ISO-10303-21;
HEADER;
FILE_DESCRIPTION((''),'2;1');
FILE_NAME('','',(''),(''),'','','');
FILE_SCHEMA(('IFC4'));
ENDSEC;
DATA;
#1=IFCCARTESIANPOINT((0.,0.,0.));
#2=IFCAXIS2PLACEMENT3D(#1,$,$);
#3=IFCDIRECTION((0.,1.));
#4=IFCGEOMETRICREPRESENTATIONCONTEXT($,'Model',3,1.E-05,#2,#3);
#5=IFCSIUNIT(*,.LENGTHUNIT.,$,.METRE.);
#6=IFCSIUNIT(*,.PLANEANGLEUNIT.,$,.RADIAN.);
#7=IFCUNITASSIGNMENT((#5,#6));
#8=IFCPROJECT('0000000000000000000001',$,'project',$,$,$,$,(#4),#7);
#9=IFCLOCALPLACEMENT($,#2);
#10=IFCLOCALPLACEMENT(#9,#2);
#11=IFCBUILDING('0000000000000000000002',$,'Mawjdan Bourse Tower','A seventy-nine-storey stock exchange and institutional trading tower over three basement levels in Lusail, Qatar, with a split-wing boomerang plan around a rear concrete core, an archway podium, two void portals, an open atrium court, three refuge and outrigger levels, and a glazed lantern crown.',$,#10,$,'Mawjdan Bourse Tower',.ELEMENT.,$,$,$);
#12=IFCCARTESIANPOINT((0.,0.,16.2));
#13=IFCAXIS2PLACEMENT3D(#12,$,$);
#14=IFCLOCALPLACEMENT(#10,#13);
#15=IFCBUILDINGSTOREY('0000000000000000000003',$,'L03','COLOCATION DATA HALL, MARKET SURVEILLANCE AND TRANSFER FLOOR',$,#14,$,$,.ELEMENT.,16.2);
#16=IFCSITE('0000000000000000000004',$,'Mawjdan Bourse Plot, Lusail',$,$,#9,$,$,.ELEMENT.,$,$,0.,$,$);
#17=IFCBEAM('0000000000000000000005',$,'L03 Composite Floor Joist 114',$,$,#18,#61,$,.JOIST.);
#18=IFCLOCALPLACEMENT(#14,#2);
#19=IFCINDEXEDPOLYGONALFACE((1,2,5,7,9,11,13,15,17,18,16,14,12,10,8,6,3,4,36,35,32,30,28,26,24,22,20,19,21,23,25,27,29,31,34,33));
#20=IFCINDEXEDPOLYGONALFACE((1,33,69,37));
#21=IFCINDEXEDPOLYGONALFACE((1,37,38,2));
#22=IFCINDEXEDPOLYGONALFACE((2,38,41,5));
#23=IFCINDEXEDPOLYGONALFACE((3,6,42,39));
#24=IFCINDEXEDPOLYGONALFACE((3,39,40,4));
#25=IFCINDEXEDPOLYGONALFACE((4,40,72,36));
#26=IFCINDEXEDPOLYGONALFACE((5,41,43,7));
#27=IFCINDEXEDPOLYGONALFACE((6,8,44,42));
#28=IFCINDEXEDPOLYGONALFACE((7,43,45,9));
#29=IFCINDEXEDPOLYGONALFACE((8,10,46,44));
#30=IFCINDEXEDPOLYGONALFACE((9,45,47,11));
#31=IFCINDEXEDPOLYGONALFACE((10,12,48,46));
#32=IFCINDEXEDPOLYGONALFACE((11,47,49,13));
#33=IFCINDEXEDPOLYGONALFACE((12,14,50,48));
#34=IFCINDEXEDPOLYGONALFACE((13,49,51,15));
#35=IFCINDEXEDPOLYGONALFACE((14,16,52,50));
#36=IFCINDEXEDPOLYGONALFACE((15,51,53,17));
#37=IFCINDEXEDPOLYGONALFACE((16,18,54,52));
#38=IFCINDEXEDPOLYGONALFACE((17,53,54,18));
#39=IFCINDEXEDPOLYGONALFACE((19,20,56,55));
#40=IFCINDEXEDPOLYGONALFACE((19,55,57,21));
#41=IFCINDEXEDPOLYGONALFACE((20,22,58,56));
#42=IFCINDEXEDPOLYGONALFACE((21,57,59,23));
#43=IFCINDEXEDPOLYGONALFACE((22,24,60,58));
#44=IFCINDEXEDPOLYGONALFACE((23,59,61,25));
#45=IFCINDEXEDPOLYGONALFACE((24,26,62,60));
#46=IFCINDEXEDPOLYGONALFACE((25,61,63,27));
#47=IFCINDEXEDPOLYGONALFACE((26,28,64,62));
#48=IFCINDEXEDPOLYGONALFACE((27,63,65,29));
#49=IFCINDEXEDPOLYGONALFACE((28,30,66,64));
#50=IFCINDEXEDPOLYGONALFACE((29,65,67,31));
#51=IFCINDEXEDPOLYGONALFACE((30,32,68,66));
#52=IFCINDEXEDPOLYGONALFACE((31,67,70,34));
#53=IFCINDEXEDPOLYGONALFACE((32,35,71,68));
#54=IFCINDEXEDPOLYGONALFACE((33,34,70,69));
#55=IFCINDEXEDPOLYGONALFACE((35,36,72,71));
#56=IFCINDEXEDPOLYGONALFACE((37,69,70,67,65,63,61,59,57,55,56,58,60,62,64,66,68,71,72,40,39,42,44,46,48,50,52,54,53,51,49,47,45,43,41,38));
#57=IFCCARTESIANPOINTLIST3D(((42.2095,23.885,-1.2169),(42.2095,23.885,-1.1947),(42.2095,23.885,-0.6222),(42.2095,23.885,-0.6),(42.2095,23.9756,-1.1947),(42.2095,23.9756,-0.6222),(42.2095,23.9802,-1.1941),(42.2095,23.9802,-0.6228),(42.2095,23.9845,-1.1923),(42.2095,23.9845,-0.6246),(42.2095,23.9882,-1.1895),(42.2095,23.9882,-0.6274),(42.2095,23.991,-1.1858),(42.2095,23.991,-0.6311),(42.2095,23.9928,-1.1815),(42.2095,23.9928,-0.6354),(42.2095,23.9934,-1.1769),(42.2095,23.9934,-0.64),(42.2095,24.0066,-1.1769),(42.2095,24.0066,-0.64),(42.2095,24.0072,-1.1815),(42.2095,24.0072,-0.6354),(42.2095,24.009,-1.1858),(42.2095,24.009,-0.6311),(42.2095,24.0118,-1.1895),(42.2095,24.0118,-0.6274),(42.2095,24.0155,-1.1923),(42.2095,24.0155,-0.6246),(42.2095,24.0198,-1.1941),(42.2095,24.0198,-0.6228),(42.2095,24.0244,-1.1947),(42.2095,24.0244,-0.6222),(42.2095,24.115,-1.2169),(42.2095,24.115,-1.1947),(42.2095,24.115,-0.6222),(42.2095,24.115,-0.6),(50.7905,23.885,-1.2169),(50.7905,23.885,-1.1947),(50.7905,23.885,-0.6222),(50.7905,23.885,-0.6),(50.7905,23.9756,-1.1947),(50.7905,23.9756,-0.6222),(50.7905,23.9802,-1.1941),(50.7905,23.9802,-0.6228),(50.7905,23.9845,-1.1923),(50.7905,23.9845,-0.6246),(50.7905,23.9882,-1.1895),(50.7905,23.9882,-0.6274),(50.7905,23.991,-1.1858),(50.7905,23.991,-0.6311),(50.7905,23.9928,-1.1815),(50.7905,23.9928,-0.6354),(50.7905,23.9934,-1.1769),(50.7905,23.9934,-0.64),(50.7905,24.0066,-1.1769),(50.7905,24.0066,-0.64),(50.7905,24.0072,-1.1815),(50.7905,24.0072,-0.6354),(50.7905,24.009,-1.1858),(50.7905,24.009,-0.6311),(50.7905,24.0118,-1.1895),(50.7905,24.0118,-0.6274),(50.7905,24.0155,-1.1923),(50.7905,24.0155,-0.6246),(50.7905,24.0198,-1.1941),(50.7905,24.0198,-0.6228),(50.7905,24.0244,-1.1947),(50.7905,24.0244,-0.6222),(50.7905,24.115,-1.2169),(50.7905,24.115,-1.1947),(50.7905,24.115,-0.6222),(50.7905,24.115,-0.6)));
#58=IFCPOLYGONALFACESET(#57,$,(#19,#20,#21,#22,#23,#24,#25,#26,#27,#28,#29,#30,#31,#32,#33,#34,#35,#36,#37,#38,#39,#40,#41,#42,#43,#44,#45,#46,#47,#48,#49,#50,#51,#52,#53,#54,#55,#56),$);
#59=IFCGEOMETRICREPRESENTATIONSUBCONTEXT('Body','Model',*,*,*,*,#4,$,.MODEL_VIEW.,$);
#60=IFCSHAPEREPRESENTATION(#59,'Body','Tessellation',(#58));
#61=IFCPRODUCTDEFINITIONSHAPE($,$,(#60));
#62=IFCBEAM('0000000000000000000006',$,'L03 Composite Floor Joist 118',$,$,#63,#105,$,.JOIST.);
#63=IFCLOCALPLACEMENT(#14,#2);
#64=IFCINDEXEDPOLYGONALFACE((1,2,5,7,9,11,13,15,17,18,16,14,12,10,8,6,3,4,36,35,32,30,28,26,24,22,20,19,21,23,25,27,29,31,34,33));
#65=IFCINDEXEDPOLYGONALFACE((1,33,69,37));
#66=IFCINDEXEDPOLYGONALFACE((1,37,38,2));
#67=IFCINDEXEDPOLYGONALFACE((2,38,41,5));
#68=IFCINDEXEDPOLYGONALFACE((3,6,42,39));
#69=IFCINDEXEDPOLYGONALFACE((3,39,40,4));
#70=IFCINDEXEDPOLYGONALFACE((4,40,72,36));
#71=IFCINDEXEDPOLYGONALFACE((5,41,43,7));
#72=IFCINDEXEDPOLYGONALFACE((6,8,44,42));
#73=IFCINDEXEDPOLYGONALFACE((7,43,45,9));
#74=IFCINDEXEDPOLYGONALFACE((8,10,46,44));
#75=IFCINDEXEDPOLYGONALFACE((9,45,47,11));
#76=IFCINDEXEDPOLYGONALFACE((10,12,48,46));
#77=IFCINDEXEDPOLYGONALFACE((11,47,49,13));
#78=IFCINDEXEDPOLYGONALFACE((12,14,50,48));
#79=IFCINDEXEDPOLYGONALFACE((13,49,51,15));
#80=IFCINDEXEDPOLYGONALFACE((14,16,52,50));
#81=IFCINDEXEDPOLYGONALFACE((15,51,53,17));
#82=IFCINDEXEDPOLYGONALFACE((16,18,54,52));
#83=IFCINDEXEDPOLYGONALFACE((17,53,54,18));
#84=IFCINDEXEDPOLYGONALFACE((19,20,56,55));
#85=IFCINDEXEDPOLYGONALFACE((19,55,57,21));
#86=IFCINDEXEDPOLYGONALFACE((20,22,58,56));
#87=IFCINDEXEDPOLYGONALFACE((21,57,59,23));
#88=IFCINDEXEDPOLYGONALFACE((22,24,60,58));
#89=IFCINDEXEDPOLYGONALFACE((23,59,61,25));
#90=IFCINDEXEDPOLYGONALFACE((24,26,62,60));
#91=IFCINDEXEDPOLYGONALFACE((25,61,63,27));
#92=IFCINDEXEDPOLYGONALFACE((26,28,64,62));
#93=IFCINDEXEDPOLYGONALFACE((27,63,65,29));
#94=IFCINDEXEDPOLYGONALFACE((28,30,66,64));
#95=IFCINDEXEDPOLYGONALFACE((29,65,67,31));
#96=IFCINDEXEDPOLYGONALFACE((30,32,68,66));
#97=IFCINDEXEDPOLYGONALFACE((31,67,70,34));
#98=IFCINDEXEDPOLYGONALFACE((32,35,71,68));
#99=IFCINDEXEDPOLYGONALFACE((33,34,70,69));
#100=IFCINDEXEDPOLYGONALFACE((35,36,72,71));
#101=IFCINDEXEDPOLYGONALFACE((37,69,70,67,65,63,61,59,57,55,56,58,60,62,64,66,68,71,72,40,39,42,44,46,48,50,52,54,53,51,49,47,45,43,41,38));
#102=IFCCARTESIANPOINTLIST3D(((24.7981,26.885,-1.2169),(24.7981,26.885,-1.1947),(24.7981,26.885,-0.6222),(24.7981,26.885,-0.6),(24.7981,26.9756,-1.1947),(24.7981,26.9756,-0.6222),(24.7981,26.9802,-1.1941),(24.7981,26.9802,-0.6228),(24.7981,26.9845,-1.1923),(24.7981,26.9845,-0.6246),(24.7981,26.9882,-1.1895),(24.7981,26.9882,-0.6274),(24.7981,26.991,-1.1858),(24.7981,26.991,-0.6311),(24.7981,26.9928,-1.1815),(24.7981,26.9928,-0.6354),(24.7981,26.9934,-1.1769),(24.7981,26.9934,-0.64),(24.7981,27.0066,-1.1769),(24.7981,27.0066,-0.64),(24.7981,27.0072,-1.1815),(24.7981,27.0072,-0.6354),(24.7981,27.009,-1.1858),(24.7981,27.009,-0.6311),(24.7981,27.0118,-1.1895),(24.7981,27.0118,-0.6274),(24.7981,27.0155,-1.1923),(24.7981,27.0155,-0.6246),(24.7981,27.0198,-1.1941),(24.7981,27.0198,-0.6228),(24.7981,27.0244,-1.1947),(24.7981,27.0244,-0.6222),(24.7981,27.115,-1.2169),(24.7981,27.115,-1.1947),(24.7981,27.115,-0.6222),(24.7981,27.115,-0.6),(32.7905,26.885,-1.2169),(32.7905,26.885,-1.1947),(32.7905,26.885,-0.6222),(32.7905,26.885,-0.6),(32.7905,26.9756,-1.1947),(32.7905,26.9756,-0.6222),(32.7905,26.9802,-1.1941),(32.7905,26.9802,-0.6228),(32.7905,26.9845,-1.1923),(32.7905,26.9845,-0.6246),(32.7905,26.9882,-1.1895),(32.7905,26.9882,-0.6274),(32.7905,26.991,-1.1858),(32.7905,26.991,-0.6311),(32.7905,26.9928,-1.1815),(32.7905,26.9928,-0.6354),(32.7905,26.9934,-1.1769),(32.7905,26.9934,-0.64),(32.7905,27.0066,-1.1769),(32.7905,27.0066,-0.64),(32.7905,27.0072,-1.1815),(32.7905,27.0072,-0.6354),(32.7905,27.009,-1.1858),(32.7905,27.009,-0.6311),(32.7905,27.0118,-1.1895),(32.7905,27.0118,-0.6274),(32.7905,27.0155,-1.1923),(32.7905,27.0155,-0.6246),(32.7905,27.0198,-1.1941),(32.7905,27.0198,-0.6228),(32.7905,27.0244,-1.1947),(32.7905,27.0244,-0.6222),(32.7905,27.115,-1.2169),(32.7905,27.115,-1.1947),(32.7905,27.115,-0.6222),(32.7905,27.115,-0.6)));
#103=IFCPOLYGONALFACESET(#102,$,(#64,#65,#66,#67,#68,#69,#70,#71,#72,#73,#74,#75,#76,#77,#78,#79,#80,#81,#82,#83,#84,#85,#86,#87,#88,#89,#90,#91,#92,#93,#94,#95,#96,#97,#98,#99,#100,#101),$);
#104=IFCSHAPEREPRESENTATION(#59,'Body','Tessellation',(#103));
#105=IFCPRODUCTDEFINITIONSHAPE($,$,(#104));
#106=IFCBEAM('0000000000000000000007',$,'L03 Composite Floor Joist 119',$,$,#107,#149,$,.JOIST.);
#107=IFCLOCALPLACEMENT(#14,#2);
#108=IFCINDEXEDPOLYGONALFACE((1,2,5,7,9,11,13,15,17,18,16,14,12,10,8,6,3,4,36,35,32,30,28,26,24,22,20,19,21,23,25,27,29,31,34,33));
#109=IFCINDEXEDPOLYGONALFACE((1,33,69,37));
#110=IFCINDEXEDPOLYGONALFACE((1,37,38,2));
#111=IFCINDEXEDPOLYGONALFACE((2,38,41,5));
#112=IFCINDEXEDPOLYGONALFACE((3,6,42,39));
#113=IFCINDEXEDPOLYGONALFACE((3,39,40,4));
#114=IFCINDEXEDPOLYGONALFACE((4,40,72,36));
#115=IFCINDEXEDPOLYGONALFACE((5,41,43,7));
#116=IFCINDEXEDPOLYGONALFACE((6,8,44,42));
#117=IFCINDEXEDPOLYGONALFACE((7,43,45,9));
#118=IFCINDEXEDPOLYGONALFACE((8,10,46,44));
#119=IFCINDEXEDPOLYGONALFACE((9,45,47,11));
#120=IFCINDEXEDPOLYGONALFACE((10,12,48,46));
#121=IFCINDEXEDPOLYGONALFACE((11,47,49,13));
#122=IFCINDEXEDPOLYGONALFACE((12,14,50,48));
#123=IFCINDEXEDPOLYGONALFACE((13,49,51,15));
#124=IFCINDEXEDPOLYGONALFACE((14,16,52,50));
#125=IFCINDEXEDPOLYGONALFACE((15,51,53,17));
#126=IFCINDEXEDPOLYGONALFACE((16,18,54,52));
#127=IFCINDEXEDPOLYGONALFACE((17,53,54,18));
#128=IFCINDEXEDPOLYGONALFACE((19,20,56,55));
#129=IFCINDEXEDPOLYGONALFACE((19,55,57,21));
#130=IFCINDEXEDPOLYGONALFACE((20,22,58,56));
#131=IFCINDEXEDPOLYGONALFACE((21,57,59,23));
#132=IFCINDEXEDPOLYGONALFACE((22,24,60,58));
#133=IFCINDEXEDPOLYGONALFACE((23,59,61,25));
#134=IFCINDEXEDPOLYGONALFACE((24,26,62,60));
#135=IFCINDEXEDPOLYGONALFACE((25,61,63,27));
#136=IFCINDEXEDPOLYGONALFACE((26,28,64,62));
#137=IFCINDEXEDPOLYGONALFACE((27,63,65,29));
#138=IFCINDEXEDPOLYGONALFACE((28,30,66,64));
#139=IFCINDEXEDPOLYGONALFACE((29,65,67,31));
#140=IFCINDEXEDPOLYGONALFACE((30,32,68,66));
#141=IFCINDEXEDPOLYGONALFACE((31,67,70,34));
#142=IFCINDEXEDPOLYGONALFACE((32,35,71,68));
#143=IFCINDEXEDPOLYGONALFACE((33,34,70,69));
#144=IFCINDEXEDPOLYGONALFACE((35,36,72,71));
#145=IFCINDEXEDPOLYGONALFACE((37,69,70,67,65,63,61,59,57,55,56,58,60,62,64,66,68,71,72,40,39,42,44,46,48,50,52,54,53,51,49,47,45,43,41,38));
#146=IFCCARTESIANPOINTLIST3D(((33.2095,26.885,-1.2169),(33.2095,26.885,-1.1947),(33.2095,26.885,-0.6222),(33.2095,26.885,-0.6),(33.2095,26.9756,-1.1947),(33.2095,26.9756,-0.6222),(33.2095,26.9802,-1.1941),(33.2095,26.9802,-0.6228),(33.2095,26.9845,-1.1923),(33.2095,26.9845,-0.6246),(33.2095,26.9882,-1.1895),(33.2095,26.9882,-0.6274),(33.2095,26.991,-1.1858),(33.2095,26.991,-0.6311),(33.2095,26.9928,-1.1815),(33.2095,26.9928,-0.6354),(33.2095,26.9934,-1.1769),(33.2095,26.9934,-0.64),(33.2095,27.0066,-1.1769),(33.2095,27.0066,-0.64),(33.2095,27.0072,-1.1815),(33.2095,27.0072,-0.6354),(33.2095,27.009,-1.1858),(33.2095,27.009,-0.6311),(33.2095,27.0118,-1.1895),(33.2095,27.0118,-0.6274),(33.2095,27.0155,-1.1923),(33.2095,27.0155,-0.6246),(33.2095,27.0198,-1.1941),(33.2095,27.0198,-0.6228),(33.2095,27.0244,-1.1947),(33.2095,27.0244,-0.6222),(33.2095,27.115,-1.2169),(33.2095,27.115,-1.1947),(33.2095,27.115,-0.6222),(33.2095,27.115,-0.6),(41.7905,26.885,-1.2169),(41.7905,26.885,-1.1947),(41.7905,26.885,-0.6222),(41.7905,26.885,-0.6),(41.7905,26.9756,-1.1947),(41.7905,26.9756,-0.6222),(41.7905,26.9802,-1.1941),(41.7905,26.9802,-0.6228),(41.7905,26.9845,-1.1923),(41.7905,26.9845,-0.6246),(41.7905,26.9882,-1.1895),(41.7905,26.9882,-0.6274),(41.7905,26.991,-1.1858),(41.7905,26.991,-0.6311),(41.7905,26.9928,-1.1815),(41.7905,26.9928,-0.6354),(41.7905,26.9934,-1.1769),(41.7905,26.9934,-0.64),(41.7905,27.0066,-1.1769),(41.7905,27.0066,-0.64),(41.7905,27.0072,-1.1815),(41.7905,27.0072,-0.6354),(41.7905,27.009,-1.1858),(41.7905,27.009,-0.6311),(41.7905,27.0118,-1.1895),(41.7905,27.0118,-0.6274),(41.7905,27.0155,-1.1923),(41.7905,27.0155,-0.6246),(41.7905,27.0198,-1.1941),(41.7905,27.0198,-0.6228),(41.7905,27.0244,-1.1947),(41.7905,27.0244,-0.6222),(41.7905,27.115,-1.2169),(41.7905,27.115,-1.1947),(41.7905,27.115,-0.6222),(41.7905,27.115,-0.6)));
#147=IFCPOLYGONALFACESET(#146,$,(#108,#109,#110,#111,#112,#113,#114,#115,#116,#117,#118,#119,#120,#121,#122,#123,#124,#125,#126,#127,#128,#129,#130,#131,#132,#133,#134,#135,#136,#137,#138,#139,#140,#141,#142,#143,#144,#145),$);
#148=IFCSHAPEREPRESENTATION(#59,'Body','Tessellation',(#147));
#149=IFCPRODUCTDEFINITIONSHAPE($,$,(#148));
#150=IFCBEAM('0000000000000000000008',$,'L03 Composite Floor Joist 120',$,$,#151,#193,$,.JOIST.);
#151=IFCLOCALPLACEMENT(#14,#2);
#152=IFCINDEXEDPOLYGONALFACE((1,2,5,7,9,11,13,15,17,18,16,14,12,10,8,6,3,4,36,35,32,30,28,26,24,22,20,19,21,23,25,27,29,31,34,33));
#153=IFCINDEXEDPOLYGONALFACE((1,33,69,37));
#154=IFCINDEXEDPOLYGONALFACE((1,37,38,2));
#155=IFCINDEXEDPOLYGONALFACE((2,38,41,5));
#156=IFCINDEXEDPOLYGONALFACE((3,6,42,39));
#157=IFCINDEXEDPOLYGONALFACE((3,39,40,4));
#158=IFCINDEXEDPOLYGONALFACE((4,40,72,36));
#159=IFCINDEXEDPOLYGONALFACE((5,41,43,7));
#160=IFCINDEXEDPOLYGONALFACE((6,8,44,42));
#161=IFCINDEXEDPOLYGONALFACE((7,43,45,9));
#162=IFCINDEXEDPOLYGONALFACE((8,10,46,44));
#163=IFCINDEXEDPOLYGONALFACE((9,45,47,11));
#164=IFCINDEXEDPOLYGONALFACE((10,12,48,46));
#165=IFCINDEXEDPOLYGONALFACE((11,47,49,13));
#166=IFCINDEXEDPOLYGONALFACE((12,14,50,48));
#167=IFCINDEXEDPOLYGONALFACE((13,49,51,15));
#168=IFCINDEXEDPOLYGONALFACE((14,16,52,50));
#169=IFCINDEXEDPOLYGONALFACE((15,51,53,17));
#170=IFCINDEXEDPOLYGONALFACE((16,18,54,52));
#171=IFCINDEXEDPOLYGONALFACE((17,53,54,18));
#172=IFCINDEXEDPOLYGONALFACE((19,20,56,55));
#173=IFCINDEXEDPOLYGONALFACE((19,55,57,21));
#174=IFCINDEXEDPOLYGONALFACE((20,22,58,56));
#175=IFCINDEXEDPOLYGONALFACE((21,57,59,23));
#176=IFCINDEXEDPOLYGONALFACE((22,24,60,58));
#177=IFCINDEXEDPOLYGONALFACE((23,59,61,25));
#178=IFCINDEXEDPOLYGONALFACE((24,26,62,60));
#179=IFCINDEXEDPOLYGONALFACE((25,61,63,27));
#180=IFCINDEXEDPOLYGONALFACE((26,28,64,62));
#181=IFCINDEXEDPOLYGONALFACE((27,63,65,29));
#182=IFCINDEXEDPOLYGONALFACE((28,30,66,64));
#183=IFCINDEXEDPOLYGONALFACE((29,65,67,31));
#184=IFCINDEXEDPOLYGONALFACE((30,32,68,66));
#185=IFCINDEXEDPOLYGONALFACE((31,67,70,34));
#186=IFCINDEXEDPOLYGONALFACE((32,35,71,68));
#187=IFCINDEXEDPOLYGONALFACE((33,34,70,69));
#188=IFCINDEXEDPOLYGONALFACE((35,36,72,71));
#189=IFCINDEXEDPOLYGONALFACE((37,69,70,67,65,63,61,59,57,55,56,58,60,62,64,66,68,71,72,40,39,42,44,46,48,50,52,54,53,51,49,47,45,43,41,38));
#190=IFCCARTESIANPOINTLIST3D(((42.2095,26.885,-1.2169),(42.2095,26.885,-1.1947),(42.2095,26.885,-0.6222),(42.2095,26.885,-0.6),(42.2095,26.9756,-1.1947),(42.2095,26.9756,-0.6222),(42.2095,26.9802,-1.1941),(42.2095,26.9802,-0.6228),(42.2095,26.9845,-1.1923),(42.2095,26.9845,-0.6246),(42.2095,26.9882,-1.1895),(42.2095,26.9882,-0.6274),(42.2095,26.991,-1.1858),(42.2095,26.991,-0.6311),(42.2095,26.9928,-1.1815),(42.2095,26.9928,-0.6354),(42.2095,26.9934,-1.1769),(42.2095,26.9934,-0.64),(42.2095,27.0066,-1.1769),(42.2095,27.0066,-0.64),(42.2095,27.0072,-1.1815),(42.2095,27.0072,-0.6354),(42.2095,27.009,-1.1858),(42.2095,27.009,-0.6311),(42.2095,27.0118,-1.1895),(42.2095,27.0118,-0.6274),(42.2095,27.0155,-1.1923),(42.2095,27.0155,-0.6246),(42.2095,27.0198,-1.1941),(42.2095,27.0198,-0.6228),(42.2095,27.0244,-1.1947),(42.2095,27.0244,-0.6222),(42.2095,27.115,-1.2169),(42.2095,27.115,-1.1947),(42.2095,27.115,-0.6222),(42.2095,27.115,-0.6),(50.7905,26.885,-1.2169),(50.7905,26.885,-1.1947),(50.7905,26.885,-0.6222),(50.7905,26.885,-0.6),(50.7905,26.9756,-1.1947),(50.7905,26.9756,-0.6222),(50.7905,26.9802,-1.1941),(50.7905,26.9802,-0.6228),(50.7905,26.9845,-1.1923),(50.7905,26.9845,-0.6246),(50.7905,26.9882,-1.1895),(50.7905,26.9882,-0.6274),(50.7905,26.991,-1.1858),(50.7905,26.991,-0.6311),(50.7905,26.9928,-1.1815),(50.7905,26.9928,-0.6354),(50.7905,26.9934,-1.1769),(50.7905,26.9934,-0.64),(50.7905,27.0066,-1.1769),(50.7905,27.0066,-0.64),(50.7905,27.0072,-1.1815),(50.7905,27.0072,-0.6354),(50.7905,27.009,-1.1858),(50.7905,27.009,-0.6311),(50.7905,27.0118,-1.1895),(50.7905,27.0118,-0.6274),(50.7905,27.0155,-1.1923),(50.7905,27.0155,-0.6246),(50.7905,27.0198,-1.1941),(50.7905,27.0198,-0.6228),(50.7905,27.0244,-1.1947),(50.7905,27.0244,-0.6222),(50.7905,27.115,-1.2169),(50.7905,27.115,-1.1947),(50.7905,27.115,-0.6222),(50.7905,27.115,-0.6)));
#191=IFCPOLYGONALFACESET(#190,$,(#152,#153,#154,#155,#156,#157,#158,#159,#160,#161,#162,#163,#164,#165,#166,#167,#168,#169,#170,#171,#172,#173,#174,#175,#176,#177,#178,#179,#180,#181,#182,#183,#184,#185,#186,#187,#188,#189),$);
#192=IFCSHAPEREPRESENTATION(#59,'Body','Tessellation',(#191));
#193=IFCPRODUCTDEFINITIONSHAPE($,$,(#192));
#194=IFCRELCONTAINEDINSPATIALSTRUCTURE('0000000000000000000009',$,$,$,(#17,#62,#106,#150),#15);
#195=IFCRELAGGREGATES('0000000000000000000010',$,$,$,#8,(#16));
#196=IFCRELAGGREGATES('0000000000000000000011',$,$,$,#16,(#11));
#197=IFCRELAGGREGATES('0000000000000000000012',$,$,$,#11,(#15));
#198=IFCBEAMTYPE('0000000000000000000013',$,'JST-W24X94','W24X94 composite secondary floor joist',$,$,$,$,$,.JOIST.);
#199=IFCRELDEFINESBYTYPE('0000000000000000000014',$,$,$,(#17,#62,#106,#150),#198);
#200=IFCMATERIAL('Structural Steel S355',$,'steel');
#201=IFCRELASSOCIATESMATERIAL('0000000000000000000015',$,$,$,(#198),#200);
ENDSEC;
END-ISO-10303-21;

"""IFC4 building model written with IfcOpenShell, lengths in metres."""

from ifc_helpers import new_model, si_unit, direction, frame, origin, origin_2d, place, context, subcontext, project, spatial, i_section, extrude, material, material_profile, profile_set, type_object, element, save


model = new_model("IFC4")

# Units and contexts
model_context = context("Model", 3, precision=1e-05, world=origin(), true_north=direction((0.0, 1.0)))
body_context = subcontext(model_context, "Body", "Model", "MODEL_VIEW")
ifc_project = project(units=[si_unit("LENGTHUNIT", "METRE"), si_unit("PLANEANGLEUNIT", "RADIAN")], contexts=[model_context])

# Site, building, storey
site_placement = place(None, origin())
site = spatial("IfcSite", under=ifc_project, at=site_placement, Name="Mawjdan Bourse Plot, Lusail", CompositionType="ELEMENT", RefElevation=0.0)
building_placement = place(site_placement, origin())
building = spatial("IfcBuilding", under=site, at=building_placement, Name="Mawjdan Bourse Tower", Description="A seventy-nine-storey stock exchange and institutional trading tower over three basement levels in Lusail, Qatar, with a split-wing boomerang plan around a rear concrete core, an archway podium, two void portals, an open atrium court, three refuge and outrigger levels, and a glazed lantern crown.", LongName="Mawjdan Bourse Tower", CompositionType="ELEMENT")
storey_placement = place(building_placement, frame((0.0, 0.0, 16.2)))
storey = spatial("IfcBuildingStorey", under=building, at=storey_placement, Name="L03", Description="COLOCATION DATA HALL, MARKET SURVEILLANCE AND TRANSFER FLOOR", CompositionType="ELEMENT", Elevation=16.2)

# Beams
ifc_material_1 = material(Name="Structural Steel S355", Category="steel")
ifc_material_profile_1 = material_profile(ifc_material_1, i_section(OverallWidth=0.23, OverallDepth=0.6169, WebThickness=0.0132, FlangeThickness=0.0222, FilletRadius=0.0178, at=origin_2d()), Name="W24X94")
ifc_profile_set_1 = profile_set([ifc_material_profile_1], Name="Structural Steel S355")
beam_type_1 = type_object("IfcBeamType", Name="JST-W24X94", Description="W24X94 composite secondary floor joist", PredefinedType="JOIST", material=ifc_profile_set_1)
for number, where, z_axis, x_axis, name in (
    (1, (42.2095, 24.0, -0.9084), (1.0, 0.0, 0.0), (0.0, 1.0, 0.0), "L03 Composite Floor Joist 114"),
):
    element("IfcBeam", number, at=place(storey_placement, frame(where, z_axis=z_axis, x_axis=x_axis)), inside=storey, type_object=beam_type_1, Name=name, PredefinedType="JOIST", context=body_context, shape_type="SweptSolid", body=[
        extrude(i_section(OverallWidth=0.23, OverallDepth=0.6169, WebThickness=0.0132, FlangeThickness=0.0222, FilletRadius=0.0178, at=origin_2d()), origin(), (0.0, 0.0, 1.0), 8.5811),
    ])
beam_1_placement = place(storey_placement, frame((24.7981, 27.0, -0.9084), z_axis=(1.0, 0.0, 0.0), x_axis=(0.0, 1.0, 0.0)))
element("IfcBeam", 2, at=beam_1_placement, inside=storey, type_object=beam_type_1, Name="L03 Composite Floor Joist 118", PredefinedType="JOIST", context=body_context, shape_type="SweptSolid", body=[
    extrude(i_section(OverallWidth=0.23, OverallDepth=0.6169, WebThickness=0.0132, FlangeThickness=0.0222, FilletRadius=0.0178, at=origin_2d()), origin(), (0.0, 0.0, 1.0), 7.9924),
])
for number, where, z_axis, x_axis, name in (
    (3, (33.2095, 27.0, -0.9084), (1.0, 0.0, 0.0), (0.0, 1.0, 0.0), "L03 Composite Floor Joist 119"),
    (4, (42.2095, 27.0, -0.9084), (1.0, 0.0, 0.0), (0.0, 1.0, 0.0), "L03 Composite Floor Joist 120"),
):
    element("IfcBeam", number, at=place(storey_placement, frame(where, z_axis=z_axis, x_axis=x_axis)), inside=storey, type_object=beam_type_1, Name=name, PredefinedType="JOIST", context=body_context, shape_type="SweptSolid", body=[
        extrude(i_section(OverallWidth=0.23, OverallDepth=0.6169, WebThickness=0.0132, FlangeThickness=0.0222, FilletRadius=0.0178, at=origin_2d()), origin(), (0.0, 0.0, 1.0), 8.5811),
    ])

save(model, "model.ifc")
